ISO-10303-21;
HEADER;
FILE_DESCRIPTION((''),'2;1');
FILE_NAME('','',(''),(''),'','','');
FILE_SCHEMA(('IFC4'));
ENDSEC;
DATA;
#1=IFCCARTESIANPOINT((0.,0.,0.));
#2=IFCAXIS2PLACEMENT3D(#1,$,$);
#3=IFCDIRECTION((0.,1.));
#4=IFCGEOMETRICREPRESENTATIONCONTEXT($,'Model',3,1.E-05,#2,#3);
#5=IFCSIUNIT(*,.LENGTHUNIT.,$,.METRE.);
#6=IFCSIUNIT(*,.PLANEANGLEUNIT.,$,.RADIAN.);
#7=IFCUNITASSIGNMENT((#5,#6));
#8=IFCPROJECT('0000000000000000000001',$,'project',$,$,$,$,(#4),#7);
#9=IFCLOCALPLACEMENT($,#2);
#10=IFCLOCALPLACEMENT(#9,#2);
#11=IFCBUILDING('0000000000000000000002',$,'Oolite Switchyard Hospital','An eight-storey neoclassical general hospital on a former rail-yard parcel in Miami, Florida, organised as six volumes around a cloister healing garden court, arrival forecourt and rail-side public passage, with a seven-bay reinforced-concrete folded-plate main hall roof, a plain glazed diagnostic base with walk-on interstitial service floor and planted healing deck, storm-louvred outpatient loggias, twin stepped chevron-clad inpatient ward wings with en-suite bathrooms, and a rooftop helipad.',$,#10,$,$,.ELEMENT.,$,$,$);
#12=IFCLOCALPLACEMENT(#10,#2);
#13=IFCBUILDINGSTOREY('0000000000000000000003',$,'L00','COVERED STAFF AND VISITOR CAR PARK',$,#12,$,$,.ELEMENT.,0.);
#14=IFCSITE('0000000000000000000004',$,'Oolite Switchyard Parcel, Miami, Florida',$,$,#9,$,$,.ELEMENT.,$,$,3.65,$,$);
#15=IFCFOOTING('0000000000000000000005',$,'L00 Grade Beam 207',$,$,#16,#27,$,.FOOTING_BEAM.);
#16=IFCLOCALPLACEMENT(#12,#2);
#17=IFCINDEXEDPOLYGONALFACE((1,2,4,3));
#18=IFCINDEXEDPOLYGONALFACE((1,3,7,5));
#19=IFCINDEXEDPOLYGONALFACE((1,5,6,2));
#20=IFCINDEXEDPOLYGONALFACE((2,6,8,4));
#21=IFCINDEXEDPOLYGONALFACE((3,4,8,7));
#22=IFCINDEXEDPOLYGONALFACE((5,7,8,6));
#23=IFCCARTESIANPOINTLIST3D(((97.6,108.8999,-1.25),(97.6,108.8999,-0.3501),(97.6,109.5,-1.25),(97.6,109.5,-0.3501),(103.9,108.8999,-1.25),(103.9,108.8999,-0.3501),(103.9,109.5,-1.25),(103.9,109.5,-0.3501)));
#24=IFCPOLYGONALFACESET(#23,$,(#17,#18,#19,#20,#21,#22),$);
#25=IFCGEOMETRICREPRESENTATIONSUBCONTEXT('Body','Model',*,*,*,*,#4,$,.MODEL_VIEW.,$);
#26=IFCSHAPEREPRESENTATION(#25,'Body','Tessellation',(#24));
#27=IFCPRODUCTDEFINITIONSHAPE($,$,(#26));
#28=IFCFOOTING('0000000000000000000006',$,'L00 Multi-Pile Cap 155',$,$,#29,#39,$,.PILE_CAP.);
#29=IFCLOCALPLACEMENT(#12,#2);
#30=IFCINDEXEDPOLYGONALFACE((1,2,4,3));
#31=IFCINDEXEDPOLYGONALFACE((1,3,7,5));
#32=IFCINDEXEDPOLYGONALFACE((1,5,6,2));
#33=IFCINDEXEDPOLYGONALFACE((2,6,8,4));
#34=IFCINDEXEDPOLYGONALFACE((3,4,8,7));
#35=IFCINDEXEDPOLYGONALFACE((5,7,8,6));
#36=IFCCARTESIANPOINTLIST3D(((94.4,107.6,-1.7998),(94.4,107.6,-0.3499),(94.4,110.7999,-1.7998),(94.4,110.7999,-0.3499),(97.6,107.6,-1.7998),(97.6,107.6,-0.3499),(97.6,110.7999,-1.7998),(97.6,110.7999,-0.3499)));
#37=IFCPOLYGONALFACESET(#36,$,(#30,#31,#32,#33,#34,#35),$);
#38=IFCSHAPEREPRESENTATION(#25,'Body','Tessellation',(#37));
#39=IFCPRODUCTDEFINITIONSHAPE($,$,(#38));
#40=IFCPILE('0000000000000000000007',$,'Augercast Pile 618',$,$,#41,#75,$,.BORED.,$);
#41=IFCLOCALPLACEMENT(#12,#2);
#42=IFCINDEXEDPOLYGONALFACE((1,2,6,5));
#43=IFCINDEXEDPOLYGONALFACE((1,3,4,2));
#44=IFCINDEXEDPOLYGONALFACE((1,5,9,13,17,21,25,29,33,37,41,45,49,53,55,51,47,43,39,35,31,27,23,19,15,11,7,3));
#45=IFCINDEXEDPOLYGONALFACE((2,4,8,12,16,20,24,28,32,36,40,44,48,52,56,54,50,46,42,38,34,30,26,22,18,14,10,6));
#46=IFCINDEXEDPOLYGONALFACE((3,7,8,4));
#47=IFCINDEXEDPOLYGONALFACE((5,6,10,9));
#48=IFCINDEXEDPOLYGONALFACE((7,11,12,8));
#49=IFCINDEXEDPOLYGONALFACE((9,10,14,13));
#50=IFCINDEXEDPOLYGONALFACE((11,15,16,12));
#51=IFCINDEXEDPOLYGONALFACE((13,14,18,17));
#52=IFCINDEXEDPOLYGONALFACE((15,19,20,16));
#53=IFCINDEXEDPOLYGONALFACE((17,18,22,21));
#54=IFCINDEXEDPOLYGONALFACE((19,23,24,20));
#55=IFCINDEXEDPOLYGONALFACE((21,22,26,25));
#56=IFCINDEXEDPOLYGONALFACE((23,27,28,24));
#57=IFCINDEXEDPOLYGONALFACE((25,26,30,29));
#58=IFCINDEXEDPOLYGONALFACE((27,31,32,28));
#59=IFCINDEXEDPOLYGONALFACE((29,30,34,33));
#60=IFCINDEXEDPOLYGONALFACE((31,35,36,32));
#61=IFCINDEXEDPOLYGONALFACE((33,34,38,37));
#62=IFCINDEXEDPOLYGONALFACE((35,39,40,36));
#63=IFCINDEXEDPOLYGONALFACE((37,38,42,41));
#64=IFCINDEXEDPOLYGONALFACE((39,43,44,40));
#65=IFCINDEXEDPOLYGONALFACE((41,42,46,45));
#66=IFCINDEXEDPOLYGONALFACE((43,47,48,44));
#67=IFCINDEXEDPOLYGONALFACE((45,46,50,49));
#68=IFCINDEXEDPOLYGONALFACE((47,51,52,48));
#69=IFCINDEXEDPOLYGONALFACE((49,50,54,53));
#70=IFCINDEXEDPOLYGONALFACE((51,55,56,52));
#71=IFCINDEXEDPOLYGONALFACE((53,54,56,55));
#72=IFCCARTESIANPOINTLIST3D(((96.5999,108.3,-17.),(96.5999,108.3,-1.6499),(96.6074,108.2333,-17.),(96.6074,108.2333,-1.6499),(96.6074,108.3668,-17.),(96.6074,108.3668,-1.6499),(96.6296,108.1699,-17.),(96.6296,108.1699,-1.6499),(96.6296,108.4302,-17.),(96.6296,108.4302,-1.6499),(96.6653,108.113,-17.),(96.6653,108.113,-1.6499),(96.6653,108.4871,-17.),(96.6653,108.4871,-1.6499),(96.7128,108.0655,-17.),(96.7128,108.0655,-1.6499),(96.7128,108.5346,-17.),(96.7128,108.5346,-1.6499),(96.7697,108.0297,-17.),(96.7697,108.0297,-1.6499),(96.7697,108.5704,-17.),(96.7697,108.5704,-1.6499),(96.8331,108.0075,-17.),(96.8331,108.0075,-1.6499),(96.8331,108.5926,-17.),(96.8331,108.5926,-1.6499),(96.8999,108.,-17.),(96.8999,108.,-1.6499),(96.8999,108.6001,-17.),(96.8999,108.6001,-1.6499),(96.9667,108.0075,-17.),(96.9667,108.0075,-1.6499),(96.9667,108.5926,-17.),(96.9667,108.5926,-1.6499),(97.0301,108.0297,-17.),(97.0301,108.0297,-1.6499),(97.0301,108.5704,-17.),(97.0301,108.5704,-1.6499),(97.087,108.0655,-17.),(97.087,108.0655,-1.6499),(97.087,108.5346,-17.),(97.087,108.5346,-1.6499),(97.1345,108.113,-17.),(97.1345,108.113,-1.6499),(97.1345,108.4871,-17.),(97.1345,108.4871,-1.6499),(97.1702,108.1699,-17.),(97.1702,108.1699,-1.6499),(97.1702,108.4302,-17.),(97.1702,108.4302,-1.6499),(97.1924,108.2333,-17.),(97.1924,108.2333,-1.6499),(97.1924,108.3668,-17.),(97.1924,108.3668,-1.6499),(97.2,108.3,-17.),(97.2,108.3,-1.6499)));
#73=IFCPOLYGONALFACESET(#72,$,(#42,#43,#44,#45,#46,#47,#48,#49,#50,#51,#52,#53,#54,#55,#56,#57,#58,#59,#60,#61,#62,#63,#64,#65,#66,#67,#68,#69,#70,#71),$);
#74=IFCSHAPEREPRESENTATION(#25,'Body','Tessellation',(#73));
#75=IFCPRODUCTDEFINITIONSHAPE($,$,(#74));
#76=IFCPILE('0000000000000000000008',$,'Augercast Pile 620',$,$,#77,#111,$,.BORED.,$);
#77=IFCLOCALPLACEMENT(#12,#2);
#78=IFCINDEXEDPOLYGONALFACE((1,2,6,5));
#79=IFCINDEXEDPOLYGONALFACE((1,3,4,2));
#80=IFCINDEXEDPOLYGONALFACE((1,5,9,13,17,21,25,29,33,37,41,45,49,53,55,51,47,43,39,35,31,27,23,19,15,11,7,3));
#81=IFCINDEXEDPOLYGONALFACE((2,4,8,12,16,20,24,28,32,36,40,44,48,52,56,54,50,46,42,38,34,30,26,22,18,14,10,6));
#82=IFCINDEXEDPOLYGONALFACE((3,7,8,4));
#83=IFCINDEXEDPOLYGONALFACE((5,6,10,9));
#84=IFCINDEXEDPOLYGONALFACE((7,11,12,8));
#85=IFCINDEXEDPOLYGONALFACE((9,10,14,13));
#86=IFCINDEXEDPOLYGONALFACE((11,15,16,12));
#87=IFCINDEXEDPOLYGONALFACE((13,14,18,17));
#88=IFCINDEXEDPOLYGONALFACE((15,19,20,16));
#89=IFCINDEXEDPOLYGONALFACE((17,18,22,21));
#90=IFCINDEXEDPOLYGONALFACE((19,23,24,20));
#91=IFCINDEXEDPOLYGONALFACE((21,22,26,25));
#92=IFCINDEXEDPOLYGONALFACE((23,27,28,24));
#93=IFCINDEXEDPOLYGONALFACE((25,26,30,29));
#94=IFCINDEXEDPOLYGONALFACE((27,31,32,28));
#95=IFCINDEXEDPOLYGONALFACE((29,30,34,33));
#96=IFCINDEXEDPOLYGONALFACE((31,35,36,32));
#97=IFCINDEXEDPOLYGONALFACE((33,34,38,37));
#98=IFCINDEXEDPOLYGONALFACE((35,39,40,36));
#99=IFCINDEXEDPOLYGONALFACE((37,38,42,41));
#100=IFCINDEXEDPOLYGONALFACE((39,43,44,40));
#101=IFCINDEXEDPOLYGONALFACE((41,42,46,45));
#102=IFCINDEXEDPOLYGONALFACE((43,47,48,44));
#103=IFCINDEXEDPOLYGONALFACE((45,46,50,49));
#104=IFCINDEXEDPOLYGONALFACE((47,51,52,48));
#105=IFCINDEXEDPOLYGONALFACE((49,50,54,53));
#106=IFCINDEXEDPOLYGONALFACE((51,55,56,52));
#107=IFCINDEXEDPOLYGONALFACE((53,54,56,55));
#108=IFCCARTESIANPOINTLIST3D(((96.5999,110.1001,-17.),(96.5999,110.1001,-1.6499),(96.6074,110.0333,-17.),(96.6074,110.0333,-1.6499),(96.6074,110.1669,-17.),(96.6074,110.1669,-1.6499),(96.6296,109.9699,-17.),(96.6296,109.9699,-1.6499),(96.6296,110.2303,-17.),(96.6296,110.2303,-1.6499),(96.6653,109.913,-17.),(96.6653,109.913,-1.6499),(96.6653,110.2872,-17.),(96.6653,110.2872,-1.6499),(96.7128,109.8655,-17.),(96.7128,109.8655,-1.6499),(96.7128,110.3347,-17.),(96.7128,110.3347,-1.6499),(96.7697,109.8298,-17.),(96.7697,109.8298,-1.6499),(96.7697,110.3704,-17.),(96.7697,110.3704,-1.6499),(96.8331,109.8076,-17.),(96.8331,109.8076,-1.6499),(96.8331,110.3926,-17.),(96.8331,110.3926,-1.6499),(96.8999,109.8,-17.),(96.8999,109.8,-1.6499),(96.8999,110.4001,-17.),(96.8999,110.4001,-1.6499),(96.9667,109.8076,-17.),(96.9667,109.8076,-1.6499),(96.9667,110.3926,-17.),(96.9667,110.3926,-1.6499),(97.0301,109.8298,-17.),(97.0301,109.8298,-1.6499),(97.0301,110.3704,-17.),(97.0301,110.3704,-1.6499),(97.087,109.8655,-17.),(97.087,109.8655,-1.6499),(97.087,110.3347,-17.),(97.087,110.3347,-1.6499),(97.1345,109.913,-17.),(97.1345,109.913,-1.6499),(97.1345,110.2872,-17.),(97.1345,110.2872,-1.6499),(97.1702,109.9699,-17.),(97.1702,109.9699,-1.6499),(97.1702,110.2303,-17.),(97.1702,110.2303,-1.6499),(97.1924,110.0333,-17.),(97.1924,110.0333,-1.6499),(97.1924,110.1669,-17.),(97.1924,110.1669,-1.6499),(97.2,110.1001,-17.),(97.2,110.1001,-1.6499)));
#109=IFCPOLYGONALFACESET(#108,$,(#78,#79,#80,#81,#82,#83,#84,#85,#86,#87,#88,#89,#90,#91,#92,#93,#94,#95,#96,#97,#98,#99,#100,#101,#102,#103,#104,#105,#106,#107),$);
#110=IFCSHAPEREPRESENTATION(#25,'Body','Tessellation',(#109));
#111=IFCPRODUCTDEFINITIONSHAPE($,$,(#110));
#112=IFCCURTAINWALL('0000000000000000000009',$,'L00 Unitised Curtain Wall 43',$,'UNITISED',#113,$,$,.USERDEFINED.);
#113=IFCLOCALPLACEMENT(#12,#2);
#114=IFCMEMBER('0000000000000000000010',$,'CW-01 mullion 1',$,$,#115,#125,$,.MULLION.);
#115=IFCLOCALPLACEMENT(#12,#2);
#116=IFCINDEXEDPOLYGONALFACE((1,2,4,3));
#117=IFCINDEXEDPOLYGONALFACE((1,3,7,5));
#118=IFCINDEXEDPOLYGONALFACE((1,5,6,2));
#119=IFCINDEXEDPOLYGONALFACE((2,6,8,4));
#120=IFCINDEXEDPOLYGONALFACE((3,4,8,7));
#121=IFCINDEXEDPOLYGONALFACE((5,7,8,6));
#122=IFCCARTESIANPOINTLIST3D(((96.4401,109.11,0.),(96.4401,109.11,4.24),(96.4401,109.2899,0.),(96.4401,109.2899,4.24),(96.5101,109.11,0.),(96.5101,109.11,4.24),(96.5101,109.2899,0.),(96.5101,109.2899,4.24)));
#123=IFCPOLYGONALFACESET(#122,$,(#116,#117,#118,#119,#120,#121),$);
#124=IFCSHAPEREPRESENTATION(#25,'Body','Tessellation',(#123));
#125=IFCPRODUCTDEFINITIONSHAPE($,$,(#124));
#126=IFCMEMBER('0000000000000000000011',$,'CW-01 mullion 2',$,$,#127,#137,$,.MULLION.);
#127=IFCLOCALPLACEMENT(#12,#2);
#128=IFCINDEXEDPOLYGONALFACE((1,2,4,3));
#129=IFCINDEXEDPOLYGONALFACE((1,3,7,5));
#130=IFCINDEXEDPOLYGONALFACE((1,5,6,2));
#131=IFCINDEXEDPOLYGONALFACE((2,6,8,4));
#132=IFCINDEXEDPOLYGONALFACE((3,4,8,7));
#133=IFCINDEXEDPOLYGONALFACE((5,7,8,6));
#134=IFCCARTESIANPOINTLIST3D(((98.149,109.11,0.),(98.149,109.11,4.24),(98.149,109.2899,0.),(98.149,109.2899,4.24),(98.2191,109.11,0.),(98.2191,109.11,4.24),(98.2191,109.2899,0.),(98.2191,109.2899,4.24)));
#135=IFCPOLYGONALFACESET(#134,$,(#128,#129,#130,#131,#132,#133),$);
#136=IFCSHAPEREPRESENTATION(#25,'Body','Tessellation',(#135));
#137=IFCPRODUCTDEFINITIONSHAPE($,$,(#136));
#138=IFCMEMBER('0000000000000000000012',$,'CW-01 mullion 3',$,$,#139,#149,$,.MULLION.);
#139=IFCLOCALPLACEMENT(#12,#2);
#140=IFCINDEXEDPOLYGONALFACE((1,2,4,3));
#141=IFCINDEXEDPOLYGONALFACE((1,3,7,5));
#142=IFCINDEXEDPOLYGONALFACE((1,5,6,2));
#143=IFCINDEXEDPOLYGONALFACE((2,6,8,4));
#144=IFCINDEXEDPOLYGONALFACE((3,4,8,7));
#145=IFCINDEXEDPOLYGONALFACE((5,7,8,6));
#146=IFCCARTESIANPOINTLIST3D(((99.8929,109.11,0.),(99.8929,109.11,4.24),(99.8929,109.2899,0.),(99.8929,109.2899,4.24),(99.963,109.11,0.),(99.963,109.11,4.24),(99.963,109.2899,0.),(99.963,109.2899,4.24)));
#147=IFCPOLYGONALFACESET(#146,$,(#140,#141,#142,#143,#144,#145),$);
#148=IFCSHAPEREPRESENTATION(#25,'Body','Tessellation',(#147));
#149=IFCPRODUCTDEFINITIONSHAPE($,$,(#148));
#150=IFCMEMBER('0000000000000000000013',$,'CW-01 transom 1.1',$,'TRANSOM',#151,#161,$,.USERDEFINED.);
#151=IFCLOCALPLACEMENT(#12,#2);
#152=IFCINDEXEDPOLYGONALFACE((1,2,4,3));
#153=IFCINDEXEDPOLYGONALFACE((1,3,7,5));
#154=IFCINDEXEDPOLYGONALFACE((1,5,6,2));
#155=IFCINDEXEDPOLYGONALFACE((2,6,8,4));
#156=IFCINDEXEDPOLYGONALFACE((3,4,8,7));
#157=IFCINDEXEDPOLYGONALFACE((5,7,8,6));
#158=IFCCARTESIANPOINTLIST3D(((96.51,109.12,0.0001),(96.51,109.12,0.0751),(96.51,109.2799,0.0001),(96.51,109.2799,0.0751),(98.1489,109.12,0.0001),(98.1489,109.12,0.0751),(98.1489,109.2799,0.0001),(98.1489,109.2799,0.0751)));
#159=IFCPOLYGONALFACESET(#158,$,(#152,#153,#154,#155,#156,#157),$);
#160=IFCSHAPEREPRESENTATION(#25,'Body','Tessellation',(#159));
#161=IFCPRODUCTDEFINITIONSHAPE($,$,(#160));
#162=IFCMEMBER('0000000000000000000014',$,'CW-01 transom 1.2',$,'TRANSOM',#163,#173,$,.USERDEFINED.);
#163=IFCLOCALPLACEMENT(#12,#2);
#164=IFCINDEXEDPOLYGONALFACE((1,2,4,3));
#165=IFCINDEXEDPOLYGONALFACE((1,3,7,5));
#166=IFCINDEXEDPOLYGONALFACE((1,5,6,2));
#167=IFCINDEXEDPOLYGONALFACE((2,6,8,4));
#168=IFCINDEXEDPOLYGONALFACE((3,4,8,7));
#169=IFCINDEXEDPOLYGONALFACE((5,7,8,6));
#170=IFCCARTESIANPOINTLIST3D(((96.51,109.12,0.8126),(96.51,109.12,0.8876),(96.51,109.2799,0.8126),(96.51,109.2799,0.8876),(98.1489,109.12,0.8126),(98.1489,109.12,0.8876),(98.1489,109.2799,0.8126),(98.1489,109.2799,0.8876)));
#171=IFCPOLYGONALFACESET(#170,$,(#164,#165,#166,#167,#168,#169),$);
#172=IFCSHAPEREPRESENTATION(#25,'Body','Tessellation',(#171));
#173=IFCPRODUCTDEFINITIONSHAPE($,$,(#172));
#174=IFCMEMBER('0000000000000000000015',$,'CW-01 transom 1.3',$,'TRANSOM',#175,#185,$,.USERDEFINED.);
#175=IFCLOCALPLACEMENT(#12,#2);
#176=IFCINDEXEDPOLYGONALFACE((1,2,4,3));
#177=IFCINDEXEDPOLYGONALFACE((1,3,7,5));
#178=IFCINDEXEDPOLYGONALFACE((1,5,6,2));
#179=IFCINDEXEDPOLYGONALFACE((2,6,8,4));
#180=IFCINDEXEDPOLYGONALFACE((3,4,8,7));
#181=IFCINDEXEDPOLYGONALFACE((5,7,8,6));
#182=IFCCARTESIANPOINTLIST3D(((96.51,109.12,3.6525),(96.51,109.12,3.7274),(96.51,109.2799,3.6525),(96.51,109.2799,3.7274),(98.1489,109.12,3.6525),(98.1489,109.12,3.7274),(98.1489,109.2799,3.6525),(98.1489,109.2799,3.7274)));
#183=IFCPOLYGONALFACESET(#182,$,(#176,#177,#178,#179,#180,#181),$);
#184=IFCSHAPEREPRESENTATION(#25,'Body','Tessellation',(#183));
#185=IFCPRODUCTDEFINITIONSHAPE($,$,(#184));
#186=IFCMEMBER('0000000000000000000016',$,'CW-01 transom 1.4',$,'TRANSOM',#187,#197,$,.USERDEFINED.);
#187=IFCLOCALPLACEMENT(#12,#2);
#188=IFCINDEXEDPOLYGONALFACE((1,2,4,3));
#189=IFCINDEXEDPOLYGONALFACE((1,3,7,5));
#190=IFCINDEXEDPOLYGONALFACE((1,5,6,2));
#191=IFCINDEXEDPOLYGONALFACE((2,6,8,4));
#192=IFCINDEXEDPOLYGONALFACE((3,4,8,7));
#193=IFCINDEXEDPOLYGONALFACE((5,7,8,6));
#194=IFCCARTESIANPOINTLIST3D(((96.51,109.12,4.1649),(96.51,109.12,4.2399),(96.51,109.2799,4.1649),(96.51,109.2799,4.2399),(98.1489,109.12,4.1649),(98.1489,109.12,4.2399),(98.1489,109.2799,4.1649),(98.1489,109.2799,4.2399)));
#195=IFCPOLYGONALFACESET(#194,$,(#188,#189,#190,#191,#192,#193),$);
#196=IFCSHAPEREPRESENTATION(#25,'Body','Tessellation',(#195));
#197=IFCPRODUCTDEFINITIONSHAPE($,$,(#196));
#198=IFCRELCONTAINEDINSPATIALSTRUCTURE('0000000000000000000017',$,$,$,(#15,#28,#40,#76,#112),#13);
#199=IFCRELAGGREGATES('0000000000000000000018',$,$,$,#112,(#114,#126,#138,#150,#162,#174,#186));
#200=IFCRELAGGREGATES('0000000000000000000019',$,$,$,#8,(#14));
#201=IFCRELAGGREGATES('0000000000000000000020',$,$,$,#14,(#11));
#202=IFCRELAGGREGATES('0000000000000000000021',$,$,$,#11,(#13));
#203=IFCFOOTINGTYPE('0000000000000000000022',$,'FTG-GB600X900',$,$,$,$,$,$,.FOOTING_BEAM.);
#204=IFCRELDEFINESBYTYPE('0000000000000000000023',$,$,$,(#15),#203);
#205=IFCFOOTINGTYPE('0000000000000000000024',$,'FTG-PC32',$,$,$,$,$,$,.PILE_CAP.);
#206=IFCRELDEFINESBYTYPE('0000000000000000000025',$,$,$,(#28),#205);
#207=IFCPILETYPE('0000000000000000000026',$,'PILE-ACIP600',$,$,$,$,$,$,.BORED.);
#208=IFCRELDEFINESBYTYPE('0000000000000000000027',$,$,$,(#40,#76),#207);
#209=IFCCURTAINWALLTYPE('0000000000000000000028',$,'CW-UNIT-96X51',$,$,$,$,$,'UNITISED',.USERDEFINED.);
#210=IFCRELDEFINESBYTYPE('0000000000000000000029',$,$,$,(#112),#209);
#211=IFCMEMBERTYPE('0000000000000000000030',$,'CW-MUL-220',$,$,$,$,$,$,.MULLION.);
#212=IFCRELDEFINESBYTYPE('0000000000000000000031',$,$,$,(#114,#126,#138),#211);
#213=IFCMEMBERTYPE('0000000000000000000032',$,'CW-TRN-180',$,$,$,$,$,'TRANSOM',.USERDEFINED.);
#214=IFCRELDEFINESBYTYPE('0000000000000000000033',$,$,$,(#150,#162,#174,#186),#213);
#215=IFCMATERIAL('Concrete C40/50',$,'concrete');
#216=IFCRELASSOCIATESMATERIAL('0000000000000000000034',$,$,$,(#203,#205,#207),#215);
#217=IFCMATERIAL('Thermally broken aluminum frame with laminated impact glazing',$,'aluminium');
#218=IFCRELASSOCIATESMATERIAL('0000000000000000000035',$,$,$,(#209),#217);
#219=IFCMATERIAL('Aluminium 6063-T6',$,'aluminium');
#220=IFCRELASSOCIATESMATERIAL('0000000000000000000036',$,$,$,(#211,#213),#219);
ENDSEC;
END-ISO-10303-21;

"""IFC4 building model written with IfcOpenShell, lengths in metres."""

from ifc_helpers import new_model, si_unit, direction, frame, origin, origin_2d, place, context, subcontext, project, spatial, rectangle, circle, extrude, material, material_profile, profile_set, type_object, element, aggregate, save


model = new_model("IFC4")

# Units and contexts
model_context = context("Model", 3, precision=1e-05, world=origin(), true_north=direction((0.0, 1.0)))
body_context = subcontext(model_context, "Body", "Model", "MODEL_VIEW")
ifc_project = project(units=[si_unit("LENGTHUNIT", "METRE"), si_unit("PLANEANGLEUNIT", "RADIAN")], contexts=[model_context])

# Site, building, storey
site_placement = place(None, origin())
site = spatial("IfcSite", under=ifc_project, at=site_placement, Name="Oolite Switchyard Parcel, Miami, Florida", CompositionType="ELEMENT", RefElevation=3.65)
building_placement = place(site_placement, origin())
building = spatial("IfcBuilding", under=site, at=building_placement, Name="Oolite Switchyard Hospital", Description="An eight-storey neoclassical general hospital on a former rail-yard parcel in Miami, Florida, organised as six volumes around a cloister healing garden court, arrival forecourt and rail-side public passage, with a seven-bay reinforced-concrete folded-plate main hall roof, a plain glazed diagnostic base with walk-on interstitial service floor and planted healing deck, storm-louvred outpatient loggias, twin stepped chevron-clad inpatient ward wings with en-suite bathrooms, and a rooftop helipad.", CompositionType="ELEMENT")
storey_placement = place(building_placement, origin())
storey = spatial("IfcBuildingStorey", under=building, at=storey_placement, Name="L00", Description="COVERED STAFF AND VISITOR CAR PARK", CompositionType="ELEMENT", Elevation=0.0)

# Footings
ifc_material_1 = material(Name="Concrete C40/50", Category="concrete")
footing_type_1 = type_object("IfcFootingType", Name="FTG-GB600X900", PredefinedType="FOOTING_BEAM", material=ifc_material_1)
footing_1_placement = place(storey_placement, frame((100.75, 109.2, -1.25), z_axis=(0.0, 0.0, 1.0), x_axis=(1.0, 0.0, 0.0)))
element("IfcFooting", 1, at=footing_1_placement, inside=storey, type_object=footing_type_1, Name="L00 Grade Beam 207", PredefinedType="FOOTING_BEAM", context=body_context, shape_type="SweptSolid", body=[
    extrude(rectangle(XDim=6.3, YDim=0.6001, at=origin_2d()), origin(), (0.0, 0.0, 1.0), 0.8999),
])
footing_type_2 = type_object("IfcFootingType", Name="FTG-PC32", PredefinedType="PILE_CAP", material=ifc_material_1)
footing_2_placement = place(storey_placement, frame((96.0, 109.2, -1.7998), z_axis=(0.0, 0.0, 1.0), x_axis=(1.0, 0.0, 0.0)))
element("IfcFooting", 2, at=footing_2_placement, inside=storey, type_object=footing_type_2, Name="L00 Multi-Pile Cap 155", PredefinedType="PILE_CAP", context=body_context, shape_type="SweptSolid", body=[
    extrude(rectangle(XDim=3.2, YDim=3.2, at=origin_2d()), origin(), (0.0, 0.0, 1.0), 1.45),
])

# Piles
ifc_material_profile_1 = material_profile(ifc_material_1, circle(Radius=0.3, at=origin_2d()), Name="PILE600")
ifc_profile_set_1 = profile_set([ifc_material_profile_1], Name="Concrete C40/50")
pile_type = type_object("IfcPileType", Name="PILE-ACIP600", PredefinedType="BORED", material=ifc_profile_set_1)
for number, where, z_axis, x_axis, name in (
    (3, (96.8999, 108.3, -1.6499), (0.0, 0.0, -1.0), (1.0, 0.0, 0.0), "Augercast Pile 618"),
    (4, (96.8999, 110.1001, -1.6499), (0.0, 0.0, -1.0), (1.0, 0.0, 0.0), "Augercast Pile 620"),
):
    element("IfcPile", number, at=place(storey_placement, frame(where, z_axis=z_axis, x_axis=x_axis)), inside=storey, type_object=pile_type, Name=name, PredefinedType="BORED", context=body_context, shape_type="SweptSolid", body=[
        extrude(circle(Radius=0.3, at=origin_2d()), origin(), (0.0, 0.0, 1.0), 15.3501),
    ])

# Curtain wall, members
ifc_material_2 = material(Name="Thermally broken aluminum frame with laminated impact glazing", Category="aluminium")
curtain_wall_type = type_object("IfcCurtainWallType", Name="CW-UNIT-96X51", ElementType="UNITISED", PredefinedType="USERDEFINED", material=ifc_material_2)
curtain_wall_placement = place(storey_placement, origin())
curtain_wall = element("IfcCurtainWall", 5, at=curtain_wall_placement, inside=storey, type_object=curtain_wall_type, Name="L00 Unitised Curtain Wall 43", ObjectType="UNITISED", PredefinedType="USERDEFINED")
ifc_material_3 = material(Name="Aluminium 6063-T6", Category="aluminium")
ifc_material_profile_2 = material_profile(ifc_material_3, rectangle(XDim=0.1799, YDim=0.0701, at=origin_2d()), Name="CWM70X180")
ifc_profile_set_2 = profile_set([ifc_material_profile_2], Name="Aluminium 6063-T6")
member_type_1 = type_object("IfcMemberType", Name="CW-MUL-220", PredefinedType="MULLION", material=ifc_profile_set_2)
member_1_placement = place(storey_placement, frame((96.4751, 109.2, 0.0), z_axis=(0.0, 0.0, 1.0), x_axis=(0.0, 1.0, 0.0)))
member_1 = element("IfcMember", 6, at=member_1_placement, type_object=member_type_1, Name="CW-01 mullion 1", PredefinedType="MULLION", context=body_context, shape_type="SweptSolid", body=[
    extrude(rectangle(XDim=0.1799, YDim=0.0701, at=origin_2d()), origin(), (0.0, 0.0, 1.0), 4.24),
])
member_2_placement = place(storey_placement, frame((98.1841, 109.2, 0.0), z_axis=(0.0, 0.0, 1.0), x_axis=(0.0, 1.0, 0.0)))
member_2 = element("IfcMember", 7, at=member_2_placement, type_object=member_type_1, Name="CW-01 mullion 2", PredefinedType="MULLION", context=body_context, shape_type="SweptSolid", body=[
    extrude(rectangle(XDim=0.1799, YDim=0.0701, at=origin_2d()), origin(), (0.0, 0.0, 1.0), 4.24),
])
member_3_placement = place(storey_placement, frame((99.928, 109.2, 0.0), z_axis=(0.0, 0.0, 1.0), x_axis=(0.0, 1.0, 0.0)))
member_3 = element("IfcMember", 8, at=member_3_placement, type_object=member_type_1, Name="CW-01 mullion 3", PredefinedType="MULLION", context=body_context, shape_type="SweptSolid", body=[
    extrude(rectangle(XDim=0.1799, YDim=0.0701, at=origin_2d()), origin(), (0.0, 0.0, 1.0), 4.24),
])
ifc_material_profile_3 = material_profile(ifc_material_3, rectangle(XDim=0.1599, YDim=0.075, at=origin_2d()), Name="CWT75X160")
ifc_profile_set_3 = profile_set([ifc_material_profile_3], Name="Aluminium 6063-T6")
member_type_2 = type_object("IfcMemberType", Name="CW-TRN-180", ElementType="TRANSOM", PredefinedType="USERDEFINED", material=ifc_profile_set_3)
member_4_placement = place(storey_placement, frame((96.51, 109.2, 0.0376), z_axis=(1.0, 0.0, 0.0), x_axis=(0.0, 1.0, 0.0)))
member_4 = element("IfcMember", 9, at=member_4_placement, type_object=member_type_2, Name="CW-01 transom 1.1", ObjectType="TRANSOM", PredefinedType="USERDEFINED", context=body_context, shape_type="SweptSolid", body=[
    extrude(rectangle(XDim=0.1599, YDim=0.075, at=origin_2d()), origin(), (0.0, 0.0, 1.0), 1.6389),
])
member_5_placement = place(storey_placement, frame((96.51, 109.2, 0.8501), z_axis=(1.0, 0.0, 0.0), x_axis=(0.0, 1.0, 0.0)))
member_5 = element("IfcMember", 10, at=member_5_placement, type_object=member_type_2, Name="CW-01 transom 1.2", ObjectType="TRANSOM", PredefinedType="USERDEFINED", context=body_context, shape_type="SweptSolid", body=[
    extrude(rectangle(XDim=0.1599, YDim=0.075, at=origin_2d()), origin(), (0.0, 0.0, 1.0), 1.6389),
])
member_6_placement = place(storey_placement, frame((96.51, 109.2, 3.6899), z_axis=(1.0, 0.0, 0.0), x_axis=(0.0, 1.0, 0.0)))
member_6 = element("IfcMember", 11, at=member_6_placement, type_object=member_type_2, Name="CW-01 transom 1.3", ObjectType="TRANSOM", PredefinedType="USERDEFINED", context=body_context, shape_type="SweptSolid", body=[
    extrude(rectangle(XDim=0.1599, YDim=0.075, at=origin_2d()), origin(), (0.0, 0.0, 1.0), 1.6389),
])
member_7_placement = place(storey_placement, frame((96.51, 109.2, 4.2024), z_axis=(1.0, 0.0, 0.0), x_axis=(0.0, 1.0, 0.0)))
member_7 = element("IfcMember", 12, at=member_7_placement, type_object=member_type_2, Name="CW-01 transom 1.4", ObjectType="TRANSOM", PredefinedType="USERDEFINED", context=body_context, shape_type="SweptSolid", body=[
    extrude(rectangle(XDim=0.1599, YDim=0.075, at=origin_2d()), origin(), (0.0, 0.0, 1.0), 1.6389),
])
aggregate(curtain_wall, [member_1, member_2, member_3, member_4, member_5, member_6, member_7])

save(model, "model.ifc")
